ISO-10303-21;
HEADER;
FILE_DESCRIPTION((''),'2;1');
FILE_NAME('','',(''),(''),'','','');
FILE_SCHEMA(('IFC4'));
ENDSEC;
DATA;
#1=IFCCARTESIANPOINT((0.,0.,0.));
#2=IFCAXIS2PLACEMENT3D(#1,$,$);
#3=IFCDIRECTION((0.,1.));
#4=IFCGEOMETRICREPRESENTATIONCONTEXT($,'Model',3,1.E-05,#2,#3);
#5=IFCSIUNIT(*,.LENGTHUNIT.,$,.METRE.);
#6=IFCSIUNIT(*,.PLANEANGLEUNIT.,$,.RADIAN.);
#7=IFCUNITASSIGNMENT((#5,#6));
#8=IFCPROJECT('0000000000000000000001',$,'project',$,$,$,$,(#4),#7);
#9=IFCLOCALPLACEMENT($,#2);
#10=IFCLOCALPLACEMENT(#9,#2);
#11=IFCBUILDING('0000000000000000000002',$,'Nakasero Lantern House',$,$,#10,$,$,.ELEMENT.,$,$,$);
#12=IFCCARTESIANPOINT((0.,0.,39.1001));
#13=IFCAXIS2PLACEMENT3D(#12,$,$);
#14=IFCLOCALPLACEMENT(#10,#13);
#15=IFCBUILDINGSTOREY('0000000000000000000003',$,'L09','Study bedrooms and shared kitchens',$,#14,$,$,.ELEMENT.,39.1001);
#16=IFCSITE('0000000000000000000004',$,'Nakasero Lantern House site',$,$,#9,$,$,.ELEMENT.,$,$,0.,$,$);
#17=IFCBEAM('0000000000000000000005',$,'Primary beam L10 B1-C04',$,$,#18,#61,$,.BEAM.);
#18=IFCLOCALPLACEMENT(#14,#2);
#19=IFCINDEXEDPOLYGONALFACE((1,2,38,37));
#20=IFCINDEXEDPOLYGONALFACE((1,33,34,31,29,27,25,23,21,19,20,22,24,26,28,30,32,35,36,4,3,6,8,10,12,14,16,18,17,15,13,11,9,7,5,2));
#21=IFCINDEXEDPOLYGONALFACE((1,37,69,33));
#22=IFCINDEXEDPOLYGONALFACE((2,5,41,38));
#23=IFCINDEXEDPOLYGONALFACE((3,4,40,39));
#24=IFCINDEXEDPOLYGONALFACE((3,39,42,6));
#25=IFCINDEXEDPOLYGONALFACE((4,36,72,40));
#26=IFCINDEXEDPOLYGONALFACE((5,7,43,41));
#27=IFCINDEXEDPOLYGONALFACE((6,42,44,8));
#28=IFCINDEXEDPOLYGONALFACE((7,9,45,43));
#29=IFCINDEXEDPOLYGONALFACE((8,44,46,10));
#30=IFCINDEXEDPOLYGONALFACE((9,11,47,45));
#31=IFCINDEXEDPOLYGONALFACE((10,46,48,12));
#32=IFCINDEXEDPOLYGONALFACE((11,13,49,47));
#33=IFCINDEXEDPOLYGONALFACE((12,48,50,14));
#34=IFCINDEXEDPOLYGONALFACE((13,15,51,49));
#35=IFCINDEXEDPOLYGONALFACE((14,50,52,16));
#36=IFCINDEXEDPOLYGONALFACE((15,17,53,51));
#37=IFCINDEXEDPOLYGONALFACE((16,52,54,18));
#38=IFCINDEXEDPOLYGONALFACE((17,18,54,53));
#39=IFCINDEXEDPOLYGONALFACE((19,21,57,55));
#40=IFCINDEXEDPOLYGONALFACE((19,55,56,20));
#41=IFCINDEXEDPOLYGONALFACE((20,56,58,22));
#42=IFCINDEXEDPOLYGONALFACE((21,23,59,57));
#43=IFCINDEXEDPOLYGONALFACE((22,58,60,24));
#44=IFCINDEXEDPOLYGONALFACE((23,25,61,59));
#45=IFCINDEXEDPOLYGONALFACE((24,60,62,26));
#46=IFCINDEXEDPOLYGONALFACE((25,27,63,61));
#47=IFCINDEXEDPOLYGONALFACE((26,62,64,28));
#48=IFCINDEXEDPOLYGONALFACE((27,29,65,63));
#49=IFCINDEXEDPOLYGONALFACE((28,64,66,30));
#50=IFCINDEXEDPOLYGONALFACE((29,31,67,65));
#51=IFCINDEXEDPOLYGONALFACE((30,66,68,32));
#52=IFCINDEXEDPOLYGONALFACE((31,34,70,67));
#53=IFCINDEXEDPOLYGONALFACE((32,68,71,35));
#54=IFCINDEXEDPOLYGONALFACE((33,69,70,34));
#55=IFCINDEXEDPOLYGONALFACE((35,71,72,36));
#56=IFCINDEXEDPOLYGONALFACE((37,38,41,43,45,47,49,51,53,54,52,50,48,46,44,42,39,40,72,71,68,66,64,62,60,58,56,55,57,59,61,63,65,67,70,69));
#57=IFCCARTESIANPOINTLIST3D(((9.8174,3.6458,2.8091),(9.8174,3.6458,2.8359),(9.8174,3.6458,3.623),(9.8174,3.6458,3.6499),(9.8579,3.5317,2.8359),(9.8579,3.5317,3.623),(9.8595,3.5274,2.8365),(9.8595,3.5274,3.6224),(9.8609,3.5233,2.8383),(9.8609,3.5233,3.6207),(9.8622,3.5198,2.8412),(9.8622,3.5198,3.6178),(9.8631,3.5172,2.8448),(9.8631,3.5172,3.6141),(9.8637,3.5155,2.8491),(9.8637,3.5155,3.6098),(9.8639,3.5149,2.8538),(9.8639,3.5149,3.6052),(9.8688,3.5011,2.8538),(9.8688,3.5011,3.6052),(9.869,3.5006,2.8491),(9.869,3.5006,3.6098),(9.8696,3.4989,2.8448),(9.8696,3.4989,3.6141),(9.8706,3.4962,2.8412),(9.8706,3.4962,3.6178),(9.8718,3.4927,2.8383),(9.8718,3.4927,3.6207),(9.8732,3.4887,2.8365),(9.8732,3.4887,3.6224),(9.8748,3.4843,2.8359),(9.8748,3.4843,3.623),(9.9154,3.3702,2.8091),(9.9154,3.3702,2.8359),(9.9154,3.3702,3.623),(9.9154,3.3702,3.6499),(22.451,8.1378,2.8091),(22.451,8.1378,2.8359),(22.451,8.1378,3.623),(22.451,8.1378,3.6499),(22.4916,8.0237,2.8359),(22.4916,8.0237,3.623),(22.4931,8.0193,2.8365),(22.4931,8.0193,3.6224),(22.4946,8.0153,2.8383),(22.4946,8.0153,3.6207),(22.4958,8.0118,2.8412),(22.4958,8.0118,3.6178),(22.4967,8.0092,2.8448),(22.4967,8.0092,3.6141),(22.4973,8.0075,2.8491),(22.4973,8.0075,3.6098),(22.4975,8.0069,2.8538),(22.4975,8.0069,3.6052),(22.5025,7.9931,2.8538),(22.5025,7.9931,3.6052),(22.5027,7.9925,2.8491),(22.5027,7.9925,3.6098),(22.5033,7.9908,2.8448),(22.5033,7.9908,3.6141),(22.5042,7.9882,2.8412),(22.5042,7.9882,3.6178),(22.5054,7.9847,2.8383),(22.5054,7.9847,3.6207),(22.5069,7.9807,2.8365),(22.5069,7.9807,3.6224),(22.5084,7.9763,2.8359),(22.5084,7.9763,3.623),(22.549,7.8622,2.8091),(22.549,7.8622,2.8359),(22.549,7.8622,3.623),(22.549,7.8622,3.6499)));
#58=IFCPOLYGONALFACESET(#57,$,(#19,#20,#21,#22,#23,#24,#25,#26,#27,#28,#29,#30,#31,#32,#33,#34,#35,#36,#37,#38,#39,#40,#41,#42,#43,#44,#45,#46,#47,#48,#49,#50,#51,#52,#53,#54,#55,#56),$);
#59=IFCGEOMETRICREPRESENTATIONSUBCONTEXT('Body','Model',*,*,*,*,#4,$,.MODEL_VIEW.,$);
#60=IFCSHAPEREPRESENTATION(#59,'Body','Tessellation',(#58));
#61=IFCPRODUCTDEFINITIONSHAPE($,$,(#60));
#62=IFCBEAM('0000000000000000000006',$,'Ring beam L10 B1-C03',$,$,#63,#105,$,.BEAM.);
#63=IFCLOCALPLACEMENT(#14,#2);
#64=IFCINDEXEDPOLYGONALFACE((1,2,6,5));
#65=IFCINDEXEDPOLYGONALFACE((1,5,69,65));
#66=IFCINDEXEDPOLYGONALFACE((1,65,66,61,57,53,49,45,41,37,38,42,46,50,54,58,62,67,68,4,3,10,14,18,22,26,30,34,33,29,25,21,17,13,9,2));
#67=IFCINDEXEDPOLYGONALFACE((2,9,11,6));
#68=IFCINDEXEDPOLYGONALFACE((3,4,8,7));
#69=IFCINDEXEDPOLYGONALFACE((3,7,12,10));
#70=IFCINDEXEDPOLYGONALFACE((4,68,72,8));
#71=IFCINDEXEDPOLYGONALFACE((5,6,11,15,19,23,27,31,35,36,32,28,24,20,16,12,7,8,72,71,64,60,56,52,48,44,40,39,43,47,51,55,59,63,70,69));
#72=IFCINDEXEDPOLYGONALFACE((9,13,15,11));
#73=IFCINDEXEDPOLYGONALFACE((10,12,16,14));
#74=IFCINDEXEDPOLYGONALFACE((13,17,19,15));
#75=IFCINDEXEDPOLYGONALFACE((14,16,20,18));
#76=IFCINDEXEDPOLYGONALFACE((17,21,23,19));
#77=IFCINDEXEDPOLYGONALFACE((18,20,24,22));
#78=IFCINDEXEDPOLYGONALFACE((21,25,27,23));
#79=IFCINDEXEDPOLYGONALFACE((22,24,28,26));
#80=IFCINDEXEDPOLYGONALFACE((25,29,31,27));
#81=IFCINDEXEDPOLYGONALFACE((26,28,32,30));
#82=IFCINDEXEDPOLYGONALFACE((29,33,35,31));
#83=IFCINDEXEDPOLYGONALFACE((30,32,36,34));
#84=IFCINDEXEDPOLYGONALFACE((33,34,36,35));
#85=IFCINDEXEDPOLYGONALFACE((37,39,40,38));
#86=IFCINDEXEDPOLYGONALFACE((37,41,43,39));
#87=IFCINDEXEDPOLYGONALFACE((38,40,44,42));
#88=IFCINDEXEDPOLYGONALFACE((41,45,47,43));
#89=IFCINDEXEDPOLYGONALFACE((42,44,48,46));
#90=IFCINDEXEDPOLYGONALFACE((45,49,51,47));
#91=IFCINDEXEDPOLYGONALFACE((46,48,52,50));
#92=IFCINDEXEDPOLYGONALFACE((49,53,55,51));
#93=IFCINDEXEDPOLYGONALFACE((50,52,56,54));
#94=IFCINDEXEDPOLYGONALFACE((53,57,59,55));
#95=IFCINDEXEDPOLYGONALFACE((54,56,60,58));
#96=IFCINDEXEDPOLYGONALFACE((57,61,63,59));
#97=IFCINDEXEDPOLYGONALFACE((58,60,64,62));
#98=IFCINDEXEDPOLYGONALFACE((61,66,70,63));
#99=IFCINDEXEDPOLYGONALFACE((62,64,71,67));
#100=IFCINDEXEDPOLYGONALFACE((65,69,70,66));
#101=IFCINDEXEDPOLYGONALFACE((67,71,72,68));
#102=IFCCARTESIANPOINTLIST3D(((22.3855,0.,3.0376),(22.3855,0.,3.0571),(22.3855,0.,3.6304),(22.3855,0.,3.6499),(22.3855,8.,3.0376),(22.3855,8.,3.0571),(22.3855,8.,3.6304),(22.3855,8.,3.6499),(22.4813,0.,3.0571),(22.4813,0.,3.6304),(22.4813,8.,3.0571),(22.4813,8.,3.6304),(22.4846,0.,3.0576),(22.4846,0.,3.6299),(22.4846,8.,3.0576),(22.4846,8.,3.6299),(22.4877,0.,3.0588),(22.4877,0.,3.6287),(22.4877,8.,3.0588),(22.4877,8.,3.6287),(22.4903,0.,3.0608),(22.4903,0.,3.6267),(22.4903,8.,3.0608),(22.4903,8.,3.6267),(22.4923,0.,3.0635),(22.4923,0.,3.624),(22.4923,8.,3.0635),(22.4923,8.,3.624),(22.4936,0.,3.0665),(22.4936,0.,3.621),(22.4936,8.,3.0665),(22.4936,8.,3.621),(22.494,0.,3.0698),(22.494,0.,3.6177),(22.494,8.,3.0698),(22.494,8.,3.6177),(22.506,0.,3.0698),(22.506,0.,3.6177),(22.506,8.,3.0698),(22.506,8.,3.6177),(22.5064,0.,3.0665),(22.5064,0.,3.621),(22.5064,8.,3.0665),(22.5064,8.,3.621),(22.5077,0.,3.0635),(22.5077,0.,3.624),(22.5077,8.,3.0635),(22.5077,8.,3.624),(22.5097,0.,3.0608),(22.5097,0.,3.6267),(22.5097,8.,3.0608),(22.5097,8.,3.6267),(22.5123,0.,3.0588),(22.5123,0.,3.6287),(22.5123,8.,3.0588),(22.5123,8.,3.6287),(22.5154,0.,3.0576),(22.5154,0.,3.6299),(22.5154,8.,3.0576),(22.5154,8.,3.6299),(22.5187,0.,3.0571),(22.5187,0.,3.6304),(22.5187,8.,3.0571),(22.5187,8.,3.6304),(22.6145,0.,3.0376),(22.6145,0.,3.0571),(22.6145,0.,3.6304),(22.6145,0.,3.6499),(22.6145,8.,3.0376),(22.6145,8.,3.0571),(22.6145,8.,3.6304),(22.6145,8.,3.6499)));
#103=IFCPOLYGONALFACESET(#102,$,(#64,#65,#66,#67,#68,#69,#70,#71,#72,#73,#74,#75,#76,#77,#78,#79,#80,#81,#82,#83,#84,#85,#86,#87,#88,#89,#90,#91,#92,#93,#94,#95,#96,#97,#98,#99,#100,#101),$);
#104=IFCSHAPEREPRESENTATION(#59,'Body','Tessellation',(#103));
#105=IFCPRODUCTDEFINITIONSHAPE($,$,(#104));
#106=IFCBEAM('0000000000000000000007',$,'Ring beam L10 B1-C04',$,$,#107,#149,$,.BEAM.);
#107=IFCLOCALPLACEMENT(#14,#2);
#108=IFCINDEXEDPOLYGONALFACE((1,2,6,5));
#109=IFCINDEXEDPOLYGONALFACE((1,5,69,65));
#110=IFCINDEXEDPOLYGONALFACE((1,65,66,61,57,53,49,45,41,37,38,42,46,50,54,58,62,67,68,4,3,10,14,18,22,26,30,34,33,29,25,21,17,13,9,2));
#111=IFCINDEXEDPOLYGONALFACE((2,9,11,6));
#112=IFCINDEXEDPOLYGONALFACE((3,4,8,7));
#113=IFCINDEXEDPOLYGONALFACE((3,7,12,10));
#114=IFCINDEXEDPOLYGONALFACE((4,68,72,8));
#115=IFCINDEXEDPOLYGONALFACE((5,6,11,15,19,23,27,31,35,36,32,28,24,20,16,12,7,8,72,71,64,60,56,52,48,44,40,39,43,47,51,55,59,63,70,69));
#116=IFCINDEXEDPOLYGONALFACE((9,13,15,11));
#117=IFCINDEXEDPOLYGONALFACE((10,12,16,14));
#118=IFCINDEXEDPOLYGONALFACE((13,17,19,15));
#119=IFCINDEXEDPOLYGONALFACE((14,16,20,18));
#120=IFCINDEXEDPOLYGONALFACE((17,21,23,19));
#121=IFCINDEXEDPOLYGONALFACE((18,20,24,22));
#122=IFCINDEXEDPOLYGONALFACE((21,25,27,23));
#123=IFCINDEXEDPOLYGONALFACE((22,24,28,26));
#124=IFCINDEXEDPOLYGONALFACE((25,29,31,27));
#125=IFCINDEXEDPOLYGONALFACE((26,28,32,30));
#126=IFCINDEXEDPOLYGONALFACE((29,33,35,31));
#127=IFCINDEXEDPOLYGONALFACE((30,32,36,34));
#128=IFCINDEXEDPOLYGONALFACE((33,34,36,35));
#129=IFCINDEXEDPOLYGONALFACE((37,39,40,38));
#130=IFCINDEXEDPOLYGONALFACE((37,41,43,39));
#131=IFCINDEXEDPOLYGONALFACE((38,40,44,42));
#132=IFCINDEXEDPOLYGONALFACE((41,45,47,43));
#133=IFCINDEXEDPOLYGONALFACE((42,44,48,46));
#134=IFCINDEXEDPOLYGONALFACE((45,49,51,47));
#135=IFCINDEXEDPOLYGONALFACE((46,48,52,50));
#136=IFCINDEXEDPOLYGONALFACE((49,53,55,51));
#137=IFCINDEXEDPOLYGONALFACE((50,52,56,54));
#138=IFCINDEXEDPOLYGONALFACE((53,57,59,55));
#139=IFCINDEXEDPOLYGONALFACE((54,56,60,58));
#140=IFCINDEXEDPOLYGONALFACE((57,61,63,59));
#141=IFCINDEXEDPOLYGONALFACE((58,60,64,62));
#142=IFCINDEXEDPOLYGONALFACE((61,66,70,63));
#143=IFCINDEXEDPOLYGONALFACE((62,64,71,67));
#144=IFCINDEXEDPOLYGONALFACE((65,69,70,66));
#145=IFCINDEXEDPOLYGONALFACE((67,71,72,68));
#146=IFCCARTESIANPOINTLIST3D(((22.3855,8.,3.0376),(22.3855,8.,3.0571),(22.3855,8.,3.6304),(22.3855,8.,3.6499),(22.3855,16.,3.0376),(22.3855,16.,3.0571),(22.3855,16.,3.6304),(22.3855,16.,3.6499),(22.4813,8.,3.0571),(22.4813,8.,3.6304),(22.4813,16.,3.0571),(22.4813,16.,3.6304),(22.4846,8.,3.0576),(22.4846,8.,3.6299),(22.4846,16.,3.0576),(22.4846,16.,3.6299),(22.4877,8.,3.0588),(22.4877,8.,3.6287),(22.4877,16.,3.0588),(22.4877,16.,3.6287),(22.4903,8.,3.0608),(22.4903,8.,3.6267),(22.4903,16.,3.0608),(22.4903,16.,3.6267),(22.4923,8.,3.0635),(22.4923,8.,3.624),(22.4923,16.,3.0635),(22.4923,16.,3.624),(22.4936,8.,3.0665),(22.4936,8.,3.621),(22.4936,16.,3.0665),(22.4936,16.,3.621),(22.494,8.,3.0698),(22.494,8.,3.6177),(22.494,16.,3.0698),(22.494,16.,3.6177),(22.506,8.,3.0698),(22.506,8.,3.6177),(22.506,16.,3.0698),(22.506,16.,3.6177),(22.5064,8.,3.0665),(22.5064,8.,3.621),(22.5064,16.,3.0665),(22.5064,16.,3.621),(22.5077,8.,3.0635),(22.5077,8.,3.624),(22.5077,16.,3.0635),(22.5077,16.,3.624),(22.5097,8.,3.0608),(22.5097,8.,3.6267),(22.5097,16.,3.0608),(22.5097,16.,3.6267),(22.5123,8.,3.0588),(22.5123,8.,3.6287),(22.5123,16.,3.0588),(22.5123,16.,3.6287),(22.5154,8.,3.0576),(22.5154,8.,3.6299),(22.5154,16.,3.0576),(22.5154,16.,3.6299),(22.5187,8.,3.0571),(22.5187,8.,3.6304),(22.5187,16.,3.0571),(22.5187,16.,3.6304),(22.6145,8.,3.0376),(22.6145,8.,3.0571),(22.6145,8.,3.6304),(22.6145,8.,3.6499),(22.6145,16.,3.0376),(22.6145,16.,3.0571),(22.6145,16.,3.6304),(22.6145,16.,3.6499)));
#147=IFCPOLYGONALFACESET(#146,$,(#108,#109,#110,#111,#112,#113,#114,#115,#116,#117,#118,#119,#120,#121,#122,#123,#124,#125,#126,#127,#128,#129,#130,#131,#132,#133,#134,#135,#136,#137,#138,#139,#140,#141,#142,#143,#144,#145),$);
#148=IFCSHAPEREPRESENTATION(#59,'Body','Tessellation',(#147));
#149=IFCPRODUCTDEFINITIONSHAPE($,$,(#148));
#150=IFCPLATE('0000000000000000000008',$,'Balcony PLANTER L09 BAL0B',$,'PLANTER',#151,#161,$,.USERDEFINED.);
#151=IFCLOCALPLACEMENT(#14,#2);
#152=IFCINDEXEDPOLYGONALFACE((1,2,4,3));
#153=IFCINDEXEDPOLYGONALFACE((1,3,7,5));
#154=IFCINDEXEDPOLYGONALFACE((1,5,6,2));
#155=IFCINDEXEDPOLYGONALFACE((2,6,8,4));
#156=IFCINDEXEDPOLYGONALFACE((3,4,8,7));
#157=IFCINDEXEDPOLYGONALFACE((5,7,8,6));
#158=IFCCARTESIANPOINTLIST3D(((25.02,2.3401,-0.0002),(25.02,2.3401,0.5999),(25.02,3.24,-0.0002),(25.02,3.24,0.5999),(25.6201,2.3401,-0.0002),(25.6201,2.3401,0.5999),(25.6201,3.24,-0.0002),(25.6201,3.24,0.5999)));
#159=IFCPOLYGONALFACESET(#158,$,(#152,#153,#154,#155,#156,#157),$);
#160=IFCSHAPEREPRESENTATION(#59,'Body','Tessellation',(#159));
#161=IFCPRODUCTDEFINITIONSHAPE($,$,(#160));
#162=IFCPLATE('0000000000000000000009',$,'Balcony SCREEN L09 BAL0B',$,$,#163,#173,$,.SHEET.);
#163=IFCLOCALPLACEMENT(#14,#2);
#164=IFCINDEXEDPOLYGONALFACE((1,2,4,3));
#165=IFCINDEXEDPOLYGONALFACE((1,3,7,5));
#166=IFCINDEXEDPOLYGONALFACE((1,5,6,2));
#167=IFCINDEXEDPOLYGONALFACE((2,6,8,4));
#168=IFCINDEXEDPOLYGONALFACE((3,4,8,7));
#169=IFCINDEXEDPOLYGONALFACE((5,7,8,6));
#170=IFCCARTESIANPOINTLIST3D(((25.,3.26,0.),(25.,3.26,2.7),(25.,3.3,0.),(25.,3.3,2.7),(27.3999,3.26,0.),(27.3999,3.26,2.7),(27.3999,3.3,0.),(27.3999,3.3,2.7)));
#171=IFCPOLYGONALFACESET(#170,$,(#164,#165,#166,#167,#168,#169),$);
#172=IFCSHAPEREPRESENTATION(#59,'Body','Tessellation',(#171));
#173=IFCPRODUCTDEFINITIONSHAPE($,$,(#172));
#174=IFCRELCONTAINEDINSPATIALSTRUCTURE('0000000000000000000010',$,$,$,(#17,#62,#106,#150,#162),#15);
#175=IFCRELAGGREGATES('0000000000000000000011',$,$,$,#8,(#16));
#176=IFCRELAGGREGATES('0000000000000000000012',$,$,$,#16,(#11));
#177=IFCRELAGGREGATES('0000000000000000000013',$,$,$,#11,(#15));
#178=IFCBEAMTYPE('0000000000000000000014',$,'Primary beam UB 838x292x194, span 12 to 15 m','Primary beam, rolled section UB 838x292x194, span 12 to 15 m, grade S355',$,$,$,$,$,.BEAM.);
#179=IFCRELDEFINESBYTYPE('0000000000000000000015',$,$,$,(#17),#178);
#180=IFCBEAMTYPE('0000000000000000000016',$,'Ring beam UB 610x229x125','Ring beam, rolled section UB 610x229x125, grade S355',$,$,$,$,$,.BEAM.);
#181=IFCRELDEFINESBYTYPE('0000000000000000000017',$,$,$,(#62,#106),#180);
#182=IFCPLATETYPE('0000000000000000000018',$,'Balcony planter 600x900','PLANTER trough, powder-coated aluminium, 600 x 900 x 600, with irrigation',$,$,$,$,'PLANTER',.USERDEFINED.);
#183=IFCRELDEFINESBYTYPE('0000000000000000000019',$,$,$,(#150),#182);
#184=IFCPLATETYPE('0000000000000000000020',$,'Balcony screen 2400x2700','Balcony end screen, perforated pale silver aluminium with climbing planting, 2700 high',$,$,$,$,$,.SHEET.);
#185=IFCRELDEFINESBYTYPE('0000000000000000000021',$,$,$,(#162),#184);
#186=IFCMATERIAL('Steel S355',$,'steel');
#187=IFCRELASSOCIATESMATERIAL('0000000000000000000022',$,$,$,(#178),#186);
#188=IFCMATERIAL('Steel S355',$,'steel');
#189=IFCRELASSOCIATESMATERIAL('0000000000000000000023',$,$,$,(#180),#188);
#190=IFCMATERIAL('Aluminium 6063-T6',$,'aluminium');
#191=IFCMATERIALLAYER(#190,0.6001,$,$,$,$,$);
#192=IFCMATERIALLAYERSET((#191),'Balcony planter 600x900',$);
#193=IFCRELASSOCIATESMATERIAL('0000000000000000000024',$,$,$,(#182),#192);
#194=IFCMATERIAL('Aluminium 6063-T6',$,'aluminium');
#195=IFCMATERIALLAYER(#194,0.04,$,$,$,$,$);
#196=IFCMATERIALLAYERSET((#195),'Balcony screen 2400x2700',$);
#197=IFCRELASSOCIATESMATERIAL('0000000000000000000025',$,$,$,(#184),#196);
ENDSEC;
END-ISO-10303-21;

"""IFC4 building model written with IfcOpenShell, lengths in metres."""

from ifc_helpers import new_model, si_unit, direction, frame, origin, origin_2d, place, context, subcontext, project, spatial, rectangle, i_section, extrude, material, layer, layer_set, material_profile, profile_set, type_object, element, save


model = new_model("IFC4")

# Units and contexts
model_context = context("Model", 3, precision=1e-05, world=origin(), true_north=direction((0.0, 1.0)))
body_context = subcontext(model_context, "Body", "Model", "MODEL_VIEW")
ifc_project = project(units=[si_unit("LENGTHUNIT", "METRE"), si_unit("PLANEANGLEUNIT", "RADIAN")], contexts=[model_context])

# Site, building, storey
site_placement = place(None, origin())
site = spatial("IfcSite", under=ifc_project, at=site_placement, Name="Nakasero Lantern House site", CompositionType="ELEMENT", RefElevation=0.0)
building_placement = place(site_placement, origin())
building = spatial("IfcBuilding", under=site, at=building_placement, Name="Nakasero Lantern House", CompositionType="ELEMENT")
storey_placement = place(building_placement, frame((0.0, 0.0, 39.1001)))
storey = spatial("IfcBuildingStorey", under=building, at=storey_placement, Name="L09", Description="Study bedrooms and shared kitchens", CompositionType="ELEMENT", Elevation=39.1001)

# Beams
ifc_material_1 = material(Name="Steel S355", Category="steel")
ifc_material_profile_1 = material_profile(ifc_material_1, i_section(OverallWidth=0.2925, OverallDepth=0.8408, WebThickness=0.0146, FlangeThickness=0.0269, FilletRadius=0.0178, at=origin_2d()), Name="UB 838x292x194")
ifc_profile_set_1 = profile_set([ifc_material_profile_1], Name="Steel S355")
beam_type_1 = type_object("IfcBeamType", Name="Primary beam UB 838x292x194, span 12 to 15 m", Description="Primary beam, rolled section UB 838x292x194, span 12 to 15 m, grade S355", PredefinedType="BEAM", material=ifc_profile_set_1)
beam_1_placement = place(storey_placement, frame((22.5, 8.0, 3.2295), z_axis=(-0.942214, -0.335011, 0.0), x_axis=(0.335011, -0.942214, 0.0)))
element("IfcBeam", 1, at=beam_1_placement, inside=storey, type_object=beam_type_1, Name="Primary beam L10 B1-C04", PredefinedType="BEAM", context=body_context, shape_type="SweptSolid", body=[
    extrude(i_section(OverallWidth=0.2925, OverallDepth=0.8408, WebThickness=0.0146, FlangeThickness=0.0269, FilletRadius=0.0178, at=origin_2d()), origin(), (0.0, 0.0, 1.0), 13.4084),
])
ifc_material_2 = material(Name="Steel S355", Category="steel")
ifc_material_profile_2 = material_profile(ifc_material_2, i_section(OverallWidth=0.229, OverallDepth=0.6123, WebThickness=0.012, FlangeThickness=0.0195, FilletRadius=0.0127, at=origin_2d()), Name="UB 610x229x125")
ifc_profile_set_2 = profile_set([ifc_material_profile_2], Name="Steel S355")
beam_type_2 = type_object("IfcBeamType", Name="Ring beam UB 610x229x125", Description="Ring beam, rolled section UB 610x229x125, grade S355", PredefinedType="BEAM", material=ifc_profile_set_2)
for number, where, z_axis, x_axis, name in (
    (2, (22.5, 0.0, 3.3438), (0.0, 1.0, 0.0), (-1.0, 0.0, 0.0), "Ring beam L10 B1-C03"),
    (3, (22.5, 8.0, 3.3438), (0.0, 1.0, 0.0), (-1.0, 0.0, 0.0), "Ring beam L10 B1-C04"),
):
    element("IfcBeam", number, at=place(storey_placement, frame(where, z_axis=z_axis, x_axis=x_axis)), inside=storey, type_object=beam_type_2, Name=name, PredefinedType="BEAM", context=body_context, shape_type="SweptSolid", body=[
        extrude(i_section(OverallWidth=0.229, OverallDepth=0.6123, WebThickness=0.012, FlangeThickness=0.0195, FilletRadius=0.0127, at=origin_2d()), origin(), (0.0, 0.0, 1.0), 8.0),
    ])

# Plates
ifc_material_3 = material(Name="Aluminium 6063-T6", Category="aluminium")
ifc_layer_1 = layer(ifc_material_3, 0.6001)
ifc_layer_set_1 = layer_set([ifc_layer_1], Name="Balcony planter 600x900")
plate_type_1 = type_object("IfcPlateType", Name="Balcony planter 600x900", Description="PLANTER trough, powder-coated aluminium, 600 x 900 x 600, with irrigation", ElementType="PLANTER", PredefinedType="USERDEFINED", material=ifc_layer_set_1)
plate_1_placement = place(storey_placement, frame((25.3201, 2.79, -0.0002), z_axis=(0.0, 0.0, 1.0), x_axis=(1.0, 0.0, 0.0)))
element("IfcPlate", 4, at=plate_1_placement, inside=storey, type_object=plate_type_1, Name="Balcony PLANTER L09 BAL0B", ObjectType="PLANTER", PredefinedType="USERDEFINED", context=body_context, shape_type="SweptSolid", body=[
    extrude(rectangle(XDim=0.6001, YDim=0.8999, at=origin_2d()), origin(), (0.0, 0.0, 1.0), 0.6001),
])
ifc_material_4 = material(Name="Aluminium 6063-T6", Category="aluminium")
ifc_layer_2 = layer(ifc_material_4, 0.04)
ifc_layer_set_2 = layer_set([ifc_layer_2], Name="Balcony screen 2400x2700")
plate_type_2 = type_object("IfcPlateType", Name="Balcony screen 2400x2700", Description="Balcony end screen, perforated pale silver aluminium with climbing planting, 2700 high", PredefinedType="SHEET", material=ifc_layer_set_2)
plate_2_placement = place(storey_placement, frame((26.2, 3.28, 0.0), z_axis=(0.0, 0.0, 1.0), x_axis=(1.0, 0.0, 0.0)))
element("IfcPlate", 5, at=plate_2_placement, inside=storey, type_object=plate_type_2, Name="Balcony SCREEN L09 BAL0B", PredefinedType="SHEET", context=body_context, shape_type="SweptSolid", body=[
    extrude(rectangle(XDim=2.3999, YDim=0.04, at=origin_2d()), origin(), (0.0, 0.0, 1.0), 2.7),
])

save(model, "model.ifc")
